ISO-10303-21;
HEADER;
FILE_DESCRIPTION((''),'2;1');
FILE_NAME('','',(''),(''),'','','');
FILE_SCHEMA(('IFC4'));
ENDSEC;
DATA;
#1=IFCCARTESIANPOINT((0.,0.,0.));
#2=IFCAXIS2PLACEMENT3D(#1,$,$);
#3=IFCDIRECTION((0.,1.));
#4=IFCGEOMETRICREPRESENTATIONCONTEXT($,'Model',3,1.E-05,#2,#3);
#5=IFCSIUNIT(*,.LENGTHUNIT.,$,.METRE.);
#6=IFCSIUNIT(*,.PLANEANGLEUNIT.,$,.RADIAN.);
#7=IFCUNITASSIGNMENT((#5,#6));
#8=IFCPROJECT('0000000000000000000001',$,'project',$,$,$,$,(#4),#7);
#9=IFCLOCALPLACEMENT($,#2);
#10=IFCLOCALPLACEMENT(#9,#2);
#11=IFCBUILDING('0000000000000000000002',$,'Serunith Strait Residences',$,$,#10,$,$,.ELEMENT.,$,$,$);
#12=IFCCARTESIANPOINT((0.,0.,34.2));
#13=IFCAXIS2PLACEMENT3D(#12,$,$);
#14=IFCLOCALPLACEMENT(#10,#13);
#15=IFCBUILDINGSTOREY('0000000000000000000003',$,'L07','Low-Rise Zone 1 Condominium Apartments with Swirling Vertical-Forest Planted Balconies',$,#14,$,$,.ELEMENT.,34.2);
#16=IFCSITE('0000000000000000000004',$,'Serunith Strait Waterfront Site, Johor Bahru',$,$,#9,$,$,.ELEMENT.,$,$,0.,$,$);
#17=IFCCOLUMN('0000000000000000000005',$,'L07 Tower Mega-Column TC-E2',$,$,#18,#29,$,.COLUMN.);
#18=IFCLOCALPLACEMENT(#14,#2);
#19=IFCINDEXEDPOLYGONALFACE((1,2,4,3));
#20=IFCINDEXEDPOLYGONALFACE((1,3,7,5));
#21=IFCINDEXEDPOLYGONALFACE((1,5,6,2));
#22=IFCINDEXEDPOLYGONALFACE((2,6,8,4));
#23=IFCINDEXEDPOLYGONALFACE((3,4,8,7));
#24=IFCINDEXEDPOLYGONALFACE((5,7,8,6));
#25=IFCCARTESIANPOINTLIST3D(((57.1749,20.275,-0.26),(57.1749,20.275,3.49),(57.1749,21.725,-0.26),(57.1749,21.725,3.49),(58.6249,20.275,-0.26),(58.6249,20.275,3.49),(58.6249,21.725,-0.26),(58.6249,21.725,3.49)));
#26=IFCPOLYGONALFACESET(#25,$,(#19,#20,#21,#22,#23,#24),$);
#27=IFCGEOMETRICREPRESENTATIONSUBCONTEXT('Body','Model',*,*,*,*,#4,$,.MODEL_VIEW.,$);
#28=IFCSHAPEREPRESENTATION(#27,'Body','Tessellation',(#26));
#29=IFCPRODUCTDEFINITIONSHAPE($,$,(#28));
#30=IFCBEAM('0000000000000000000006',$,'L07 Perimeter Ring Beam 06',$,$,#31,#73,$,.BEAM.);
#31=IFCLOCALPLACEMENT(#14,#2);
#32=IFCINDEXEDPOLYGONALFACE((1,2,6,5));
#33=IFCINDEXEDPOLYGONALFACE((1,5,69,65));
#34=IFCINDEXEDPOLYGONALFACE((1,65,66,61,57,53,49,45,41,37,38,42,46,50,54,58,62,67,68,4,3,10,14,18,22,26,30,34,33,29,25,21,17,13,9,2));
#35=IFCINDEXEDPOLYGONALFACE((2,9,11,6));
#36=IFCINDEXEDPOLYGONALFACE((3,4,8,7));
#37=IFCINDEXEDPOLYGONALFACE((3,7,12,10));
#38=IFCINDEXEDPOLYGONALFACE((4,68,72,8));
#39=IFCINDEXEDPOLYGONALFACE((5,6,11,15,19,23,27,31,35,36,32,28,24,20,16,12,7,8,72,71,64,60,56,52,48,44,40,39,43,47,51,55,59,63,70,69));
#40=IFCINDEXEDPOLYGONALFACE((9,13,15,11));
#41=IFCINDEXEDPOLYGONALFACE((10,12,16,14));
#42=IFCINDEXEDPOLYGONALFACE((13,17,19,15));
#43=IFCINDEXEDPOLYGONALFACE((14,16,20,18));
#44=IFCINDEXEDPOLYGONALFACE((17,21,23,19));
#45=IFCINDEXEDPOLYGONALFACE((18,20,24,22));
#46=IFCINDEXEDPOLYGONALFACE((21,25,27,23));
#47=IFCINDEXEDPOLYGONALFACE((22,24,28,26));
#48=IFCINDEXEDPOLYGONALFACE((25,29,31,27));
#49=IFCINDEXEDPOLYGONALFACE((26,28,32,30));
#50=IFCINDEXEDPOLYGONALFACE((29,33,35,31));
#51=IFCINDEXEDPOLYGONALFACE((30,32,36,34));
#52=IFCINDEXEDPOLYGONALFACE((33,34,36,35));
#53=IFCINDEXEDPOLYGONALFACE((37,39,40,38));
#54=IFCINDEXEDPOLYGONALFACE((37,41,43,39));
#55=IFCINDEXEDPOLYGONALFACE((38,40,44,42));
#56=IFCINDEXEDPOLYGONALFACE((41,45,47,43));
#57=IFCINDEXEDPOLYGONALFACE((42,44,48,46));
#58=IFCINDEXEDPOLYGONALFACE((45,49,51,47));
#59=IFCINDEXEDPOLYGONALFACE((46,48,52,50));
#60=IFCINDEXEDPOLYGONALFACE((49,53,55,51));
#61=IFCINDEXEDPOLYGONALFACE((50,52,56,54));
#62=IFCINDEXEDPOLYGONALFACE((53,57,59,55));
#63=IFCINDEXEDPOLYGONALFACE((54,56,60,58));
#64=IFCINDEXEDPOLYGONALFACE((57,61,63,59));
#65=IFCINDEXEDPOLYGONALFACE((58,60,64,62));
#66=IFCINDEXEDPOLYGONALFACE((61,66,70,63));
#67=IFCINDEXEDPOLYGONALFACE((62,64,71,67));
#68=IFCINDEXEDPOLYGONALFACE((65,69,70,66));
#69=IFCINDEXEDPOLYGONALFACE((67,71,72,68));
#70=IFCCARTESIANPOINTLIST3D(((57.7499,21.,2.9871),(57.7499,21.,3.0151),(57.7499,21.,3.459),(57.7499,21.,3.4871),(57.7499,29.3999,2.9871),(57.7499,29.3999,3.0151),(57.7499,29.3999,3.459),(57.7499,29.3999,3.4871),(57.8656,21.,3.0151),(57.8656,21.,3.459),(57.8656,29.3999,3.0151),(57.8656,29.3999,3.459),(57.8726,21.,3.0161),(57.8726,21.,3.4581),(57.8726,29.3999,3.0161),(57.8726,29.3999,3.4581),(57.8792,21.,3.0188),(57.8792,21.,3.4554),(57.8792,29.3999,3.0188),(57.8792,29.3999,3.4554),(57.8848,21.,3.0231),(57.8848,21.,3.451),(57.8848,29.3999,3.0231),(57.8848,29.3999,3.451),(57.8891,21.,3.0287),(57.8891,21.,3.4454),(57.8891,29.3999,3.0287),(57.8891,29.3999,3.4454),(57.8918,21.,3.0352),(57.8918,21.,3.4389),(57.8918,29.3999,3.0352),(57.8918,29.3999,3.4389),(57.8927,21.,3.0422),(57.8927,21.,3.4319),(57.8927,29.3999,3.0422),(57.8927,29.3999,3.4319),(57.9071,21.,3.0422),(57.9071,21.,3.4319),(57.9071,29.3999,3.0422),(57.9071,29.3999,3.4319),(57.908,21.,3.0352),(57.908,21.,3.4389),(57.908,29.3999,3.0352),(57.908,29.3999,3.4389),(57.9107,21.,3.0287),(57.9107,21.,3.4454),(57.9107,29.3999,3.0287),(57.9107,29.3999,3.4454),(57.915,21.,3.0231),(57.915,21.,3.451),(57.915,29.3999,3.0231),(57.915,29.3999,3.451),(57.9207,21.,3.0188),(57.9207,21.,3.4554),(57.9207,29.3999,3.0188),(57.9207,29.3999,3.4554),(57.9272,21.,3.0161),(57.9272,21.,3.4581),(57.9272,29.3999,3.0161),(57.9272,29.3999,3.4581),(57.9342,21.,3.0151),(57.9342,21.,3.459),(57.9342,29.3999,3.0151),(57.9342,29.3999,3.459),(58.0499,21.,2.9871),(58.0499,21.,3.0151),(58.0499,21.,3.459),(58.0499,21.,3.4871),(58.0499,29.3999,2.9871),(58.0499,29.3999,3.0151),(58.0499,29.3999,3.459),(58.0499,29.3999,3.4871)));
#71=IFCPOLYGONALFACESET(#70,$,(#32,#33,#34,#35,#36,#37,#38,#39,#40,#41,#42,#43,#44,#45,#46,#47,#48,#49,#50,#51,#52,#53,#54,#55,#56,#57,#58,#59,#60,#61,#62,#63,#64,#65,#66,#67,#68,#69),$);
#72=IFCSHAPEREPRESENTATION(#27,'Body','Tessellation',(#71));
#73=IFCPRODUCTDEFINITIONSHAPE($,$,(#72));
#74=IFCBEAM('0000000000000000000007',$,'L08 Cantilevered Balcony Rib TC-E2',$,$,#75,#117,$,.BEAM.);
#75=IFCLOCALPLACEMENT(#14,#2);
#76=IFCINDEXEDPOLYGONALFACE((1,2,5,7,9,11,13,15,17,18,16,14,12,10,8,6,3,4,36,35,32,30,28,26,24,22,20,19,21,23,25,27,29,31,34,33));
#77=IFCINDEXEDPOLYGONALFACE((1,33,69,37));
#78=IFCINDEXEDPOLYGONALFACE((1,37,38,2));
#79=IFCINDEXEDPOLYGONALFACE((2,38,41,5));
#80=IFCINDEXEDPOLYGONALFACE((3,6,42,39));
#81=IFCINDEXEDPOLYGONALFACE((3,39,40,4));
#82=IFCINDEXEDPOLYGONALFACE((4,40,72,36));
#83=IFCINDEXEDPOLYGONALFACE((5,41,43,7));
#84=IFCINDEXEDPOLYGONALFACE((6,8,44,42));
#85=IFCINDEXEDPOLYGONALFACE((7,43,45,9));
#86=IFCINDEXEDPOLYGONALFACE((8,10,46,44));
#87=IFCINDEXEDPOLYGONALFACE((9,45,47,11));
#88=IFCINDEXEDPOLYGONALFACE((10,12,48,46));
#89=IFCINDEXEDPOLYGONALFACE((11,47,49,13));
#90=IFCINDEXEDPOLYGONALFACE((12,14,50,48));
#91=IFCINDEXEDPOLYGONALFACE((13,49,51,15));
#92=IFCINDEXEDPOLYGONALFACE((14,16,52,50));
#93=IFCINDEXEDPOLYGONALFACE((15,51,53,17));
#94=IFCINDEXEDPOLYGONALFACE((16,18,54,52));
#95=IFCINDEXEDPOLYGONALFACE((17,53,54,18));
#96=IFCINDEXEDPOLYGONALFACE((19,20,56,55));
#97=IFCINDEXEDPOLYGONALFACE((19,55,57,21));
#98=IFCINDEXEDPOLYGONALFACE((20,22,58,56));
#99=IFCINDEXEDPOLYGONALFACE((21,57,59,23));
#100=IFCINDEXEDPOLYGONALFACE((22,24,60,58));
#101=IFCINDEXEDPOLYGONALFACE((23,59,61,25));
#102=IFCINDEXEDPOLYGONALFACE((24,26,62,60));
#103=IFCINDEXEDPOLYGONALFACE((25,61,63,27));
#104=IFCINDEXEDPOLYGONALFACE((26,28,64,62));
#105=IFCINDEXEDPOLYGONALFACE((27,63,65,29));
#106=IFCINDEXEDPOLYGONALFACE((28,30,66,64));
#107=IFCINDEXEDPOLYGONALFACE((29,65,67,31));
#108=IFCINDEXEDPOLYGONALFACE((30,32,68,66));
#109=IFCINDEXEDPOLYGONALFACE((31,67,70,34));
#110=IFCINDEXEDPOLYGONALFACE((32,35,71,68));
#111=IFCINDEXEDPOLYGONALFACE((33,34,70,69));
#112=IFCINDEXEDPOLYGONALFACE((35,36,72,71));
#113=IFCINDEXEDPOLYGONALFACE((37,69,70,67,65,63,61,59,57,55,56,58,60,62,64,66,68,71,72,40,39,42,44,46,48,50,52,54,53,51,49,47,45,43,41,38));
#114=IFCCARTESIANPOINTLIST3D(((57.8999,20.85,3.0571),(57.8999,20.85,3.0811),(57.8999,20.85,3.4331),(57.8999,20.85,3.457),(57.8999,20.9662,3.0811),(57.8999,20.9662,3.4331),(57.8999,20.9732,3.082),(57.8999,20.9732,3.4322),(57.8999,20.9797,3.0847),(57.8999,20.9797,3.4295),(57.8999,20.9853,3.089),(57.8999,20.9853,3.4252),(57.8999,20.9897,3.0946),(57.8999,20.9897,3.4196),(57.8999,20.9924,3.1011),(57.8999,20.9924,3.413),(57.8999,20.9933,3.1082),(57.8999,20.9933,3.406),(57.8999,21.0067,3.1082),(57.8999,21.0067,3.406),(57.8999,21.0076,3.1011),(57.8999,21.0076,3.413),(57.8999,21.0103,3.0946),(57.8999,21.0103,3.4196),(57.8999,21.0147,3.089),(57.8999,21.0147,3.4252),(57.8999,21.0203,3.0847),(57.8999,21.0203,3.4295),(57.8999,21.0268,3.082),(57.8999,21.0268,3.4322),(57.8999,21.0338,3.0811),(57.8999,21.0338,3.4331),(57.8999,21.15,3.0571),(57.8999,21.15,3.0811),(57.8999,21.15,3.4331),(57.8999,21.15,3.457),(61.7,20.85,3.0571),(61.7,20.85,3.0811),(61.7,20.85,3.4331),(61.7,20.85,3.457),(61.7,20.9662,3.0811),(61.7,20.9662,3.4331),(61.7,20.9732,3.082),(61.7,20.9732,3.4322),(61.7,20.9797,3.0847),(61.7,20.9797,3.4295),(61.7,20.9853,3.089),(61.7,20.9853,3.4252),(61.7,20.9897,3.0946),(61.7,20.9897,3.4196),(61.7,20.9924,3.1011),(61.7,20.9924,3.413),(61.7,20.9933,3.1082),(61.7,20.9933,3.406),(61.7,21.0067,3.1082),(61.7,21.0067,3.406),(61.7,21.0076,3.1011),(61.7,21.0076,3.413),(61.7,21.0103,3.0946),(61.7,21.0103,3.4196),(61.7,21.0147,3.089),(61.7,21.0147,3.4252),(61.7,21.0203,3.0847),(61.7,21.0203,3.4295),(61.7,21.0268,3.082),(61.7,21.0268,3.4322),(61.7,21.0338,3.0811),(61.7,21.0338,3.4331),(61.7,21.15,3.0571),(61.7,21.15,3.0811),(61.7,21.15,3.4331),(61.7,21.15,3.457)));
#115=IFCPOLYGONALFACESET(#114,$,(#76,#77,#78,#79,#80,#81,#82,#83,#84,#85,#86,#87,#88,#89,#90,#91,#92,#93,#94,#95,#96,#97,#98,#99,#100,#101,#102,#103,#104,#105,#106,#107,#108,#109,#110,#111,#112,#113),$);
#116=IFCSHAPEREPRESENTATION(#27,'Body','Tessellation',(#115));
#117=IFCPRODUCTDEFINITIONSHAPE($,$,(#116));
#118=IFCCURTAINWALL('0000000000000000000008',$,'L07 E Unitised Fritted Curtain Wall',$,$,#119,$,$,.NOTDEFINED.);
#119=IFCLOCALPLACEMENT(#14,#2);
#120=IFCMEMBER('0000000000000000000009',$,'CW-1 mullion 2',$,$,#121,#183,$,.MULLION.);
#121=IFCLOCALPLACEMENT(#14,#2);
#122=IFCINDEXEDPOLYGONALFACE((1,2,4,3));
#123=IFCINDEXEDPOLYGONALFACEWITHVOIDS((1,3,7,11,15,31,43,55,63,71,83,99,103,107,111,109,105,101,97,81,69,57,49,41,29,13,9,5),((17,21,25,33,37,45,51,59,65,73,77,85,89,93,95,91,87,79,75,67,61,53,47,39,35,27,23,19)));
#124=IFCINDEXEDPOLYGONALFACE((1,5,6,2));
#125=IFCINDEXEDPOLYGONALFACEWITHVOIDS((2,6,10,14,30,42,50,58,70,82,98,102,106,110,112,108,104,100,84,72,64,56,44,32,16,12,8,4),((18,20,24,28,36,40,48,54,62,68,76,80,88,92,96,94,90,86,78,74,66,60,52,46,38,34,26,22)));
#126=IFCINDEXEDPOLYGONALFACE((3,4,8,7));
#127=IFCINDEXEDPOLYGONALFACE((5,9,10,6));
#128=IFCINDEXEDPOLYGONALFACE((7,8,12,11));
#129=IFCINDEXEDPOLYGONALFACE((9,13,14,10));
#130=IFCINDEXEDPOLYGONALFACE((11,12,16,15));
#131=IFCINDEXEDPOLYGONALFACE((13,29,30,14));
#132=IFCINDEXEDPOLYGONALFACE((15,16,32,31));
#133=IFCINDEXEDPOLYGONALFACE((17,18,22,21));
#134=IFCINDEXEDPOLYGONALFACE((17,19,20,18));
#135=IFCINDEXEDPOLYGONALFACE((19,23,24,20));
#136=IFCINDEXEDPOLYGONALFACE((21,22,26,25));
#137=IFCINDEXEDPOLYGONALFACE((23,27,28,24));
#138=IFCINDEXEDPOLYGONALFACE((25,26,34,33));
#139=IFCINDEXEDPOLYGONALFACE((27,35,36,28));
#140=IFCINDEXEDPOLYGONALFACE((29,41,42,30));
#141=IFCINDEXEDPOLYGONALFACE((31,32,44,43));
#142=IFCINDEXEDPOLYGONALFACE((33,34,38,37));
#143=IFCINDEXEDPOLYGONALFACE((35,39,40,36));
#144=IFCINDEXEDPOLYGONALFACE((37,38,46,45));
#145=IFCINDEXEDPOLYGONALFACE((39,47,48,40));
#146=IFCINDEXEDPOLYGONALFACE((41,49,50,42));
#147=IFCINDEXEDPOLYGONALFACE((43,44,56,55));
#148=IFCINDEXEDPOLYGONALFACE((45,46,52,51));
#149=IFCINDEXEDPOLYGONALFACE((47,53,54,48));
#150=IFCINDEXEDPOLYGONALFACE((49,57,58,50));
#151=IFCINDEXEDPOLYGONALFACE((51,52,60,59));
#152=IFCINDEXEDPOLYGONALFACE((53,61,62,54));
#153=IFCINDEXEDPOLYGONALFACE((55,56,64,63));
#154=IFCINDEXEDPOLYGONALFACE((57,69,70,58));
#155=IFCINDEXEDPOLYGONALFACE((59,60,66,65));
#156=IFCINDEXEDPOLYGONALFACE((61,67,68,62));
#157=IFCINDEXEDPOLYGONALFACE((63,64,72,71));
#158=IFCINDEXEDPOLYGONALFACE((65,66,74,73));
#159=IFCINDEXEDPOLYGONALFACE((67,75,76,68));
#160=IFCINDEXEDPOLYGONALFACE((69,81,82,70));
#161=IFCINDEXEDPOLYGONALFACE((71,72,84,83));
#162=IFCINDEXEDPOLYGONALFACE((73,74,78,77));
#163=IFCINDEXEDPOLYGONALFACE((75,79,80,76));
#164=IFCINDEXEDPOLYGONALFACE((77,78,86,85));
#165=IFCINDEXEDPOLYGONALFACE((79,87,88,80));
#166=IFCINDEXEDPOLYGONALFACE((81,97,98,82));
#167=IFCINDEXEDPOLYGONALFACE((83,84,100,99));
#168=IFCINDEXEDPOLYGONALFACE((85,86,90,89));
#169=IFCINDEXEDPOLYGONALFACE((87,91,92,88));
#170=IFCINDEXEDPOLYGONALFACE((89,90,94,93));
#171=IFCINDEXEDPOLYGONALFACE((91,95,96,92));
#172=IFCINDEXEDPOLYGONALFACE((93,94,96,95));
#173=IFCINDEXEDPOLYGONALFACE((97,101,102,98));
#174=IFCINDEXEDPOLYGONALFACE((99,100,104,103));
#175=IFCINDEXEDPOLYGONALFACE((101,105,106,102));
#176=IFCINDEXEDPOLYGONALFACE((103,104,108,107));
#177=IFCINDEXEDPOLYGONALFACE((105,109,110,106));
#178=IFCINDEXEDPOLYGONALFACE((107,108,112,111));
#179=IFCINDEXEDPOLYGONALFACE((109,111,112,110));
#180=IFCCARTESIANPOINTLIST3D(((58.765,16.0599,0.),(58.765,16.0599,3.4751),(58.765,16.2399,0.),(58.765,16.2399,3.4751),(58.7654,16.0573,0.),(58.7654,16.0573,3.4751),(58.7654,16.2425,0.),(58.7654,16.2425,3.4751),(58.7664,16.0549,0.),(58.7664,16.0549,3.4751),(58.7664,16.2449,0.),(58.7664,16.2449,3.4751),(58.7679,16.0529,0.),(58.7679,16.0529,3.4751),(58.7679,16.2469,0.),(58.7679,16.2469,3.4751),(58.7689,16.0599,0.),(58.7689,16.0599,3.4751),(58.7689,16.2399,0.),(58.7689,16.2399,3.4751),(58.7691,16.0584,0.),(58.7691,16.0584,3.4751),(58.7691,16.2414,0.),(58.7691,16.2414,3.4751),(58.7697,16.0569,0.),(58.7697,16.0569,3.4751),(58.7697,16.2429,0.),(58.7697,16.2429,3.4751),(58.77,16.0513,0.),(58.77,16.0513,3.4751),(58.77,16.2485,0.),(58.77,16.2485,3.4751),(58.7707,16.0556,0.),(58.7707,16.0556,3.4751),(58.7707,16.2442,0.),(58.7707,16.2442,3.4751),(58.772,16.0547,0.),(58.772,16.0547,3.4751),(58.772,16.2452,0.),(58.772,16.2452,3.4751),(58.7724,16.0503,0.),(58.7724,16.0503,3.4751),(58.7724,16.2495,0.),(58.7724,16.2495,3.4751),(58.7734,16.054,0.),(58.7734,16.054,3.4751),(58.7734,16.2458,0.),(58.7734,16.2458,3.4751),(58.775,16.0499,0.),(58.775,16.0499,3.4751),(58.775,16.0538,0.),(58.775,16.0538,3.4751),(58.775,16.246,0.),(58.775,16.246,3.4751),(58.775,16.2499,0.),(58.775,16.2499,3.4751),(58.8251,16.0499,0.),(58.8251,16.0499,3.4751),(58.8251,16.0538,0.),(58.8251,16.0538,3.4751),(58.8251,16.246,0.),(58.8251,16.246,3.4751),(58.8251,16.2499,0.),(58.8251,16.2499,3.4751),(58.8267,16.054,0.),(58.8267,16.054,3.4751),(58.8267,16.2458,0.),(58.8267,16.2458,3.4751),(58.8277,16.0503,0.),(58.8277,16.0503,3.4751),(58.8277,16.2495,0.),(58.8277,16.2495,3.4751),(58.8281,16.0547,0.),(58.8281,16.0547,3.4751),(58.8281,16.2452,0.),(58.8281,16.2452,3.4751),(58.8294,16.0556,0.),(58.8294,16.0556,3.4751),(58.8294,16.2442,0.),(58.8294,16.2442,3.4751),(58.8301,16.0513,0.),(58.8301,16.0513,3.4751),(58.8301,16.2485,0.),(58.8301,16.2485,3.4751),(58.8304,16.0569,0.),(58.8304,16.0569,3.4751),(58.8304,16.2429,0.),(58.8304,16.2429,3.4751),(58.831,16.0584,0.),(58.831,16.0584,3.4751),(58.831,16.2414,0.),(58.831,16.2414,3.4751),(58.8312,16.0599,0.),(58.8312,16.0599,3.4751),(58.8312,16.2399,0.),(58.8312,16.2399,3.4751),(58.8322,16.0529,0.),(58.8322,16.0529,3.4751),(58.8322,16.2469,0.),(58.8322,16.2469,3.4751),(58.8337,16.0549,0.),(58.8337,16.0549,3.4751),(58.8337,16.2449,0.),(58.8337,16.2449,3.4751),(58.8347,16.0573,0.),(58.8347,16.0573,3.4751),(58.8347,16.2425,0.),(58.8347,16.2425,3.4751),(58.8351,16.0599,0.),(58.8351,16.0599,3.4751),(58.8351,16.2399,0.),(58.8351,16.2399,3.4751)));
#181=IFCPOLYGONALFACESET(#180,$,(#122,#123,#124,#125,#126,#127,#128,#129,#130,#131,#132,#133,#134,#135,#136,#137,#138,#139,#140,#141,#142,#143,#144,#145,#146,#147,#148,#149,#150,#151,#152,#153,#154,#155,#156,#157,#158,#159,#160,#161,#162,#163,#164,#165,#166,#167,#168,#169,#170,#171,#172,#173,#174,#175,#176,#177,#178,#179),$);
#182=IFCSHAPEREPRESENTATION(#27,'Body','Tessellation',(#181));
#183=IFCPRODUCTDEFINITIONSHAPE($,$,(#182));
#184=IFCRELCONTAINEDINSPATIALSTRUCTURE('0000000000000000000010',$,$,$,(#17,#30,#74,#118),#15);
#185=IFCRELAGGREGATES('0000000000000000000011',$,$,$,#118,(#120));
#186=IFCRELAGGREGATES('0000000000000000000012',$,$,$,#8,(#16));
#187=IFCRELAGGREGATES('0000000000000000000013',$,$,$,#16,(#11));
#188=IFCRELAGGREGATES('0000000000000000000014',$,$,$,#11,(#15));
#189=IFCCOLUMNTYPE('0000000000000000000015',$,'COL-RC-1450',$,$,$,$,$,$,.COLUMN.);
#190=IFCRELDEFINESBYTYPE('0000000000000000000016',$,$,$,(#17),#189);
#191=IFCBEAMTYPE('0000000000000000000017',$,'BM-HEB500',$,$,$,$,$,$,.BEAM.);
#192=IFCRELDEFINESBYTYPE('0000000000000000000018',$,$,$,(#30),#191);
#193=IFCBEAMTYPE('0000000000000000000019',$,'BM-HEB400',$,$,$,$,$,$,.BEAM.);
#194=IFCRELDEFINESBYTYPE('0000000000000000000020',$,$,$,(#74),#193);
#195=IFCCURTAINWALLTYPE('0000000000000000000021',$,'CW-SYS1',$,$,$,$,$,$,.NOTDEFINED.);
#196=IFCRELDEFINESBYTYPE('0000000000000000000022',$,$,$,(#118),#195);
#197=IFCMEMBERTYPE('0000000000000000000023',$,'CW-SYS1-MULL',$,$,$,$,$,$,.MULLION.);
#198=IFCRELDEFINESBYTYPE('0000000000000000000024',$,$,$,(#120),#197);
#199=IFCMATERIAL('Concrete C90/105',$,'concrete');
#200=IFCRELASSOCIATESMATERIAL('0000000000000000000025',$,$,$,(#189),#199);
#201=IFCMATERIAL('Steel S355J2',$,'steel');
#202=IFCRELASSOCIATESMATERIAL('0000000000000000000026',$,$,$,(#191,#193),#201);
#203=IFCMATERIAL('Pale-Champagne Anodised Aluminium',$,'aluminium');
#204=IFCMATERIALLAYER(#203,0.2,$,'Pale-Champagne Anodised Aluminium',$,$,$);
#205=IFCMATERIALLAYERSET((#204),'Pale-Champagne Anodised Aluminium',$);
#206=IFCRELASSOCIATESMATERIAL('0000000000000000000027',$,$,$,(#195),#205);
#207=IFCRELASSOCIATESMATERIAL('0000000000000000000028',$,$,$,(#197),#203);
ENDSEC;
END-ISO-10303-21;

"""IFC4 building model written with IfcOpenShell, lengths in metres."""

from ifc_helpers import new_model, si_unit, direction, frame, origin, origin_2d, place, context, subcontext, project, spatial, rectangle, hollow_rectangle, i_section, extrude, source, transform, mapped, material, layer, layer_set, material_profile, profile_set, type_object, element, aggregate, save


model = new_model("IFC4")

# Units and contexts
model_context = context("Model", 3, precision=1e-05, world=origin(), true_north=direction((0.0, 1.0)))
body_context = subcontext(model_context, "Body", "Model", "MODEL_VIEW")
ifc_project = project(units=[si_unit("LENGTHUNIT", "METRE"), si_unit("PLANEANGLEUNIT", "RADIAN")], contexts=[model_context])

# Site, building, storey
site_placement = place(None, origin())
site = spatial("IfcSite", under=ifc_project, at=site_placement, Name="Serunith Strait Waterfront Site, Johor Bahru", CompositionType="ELEMENT", RefElevation=0.0)
building_placement = place(site_placement, origin())
building = spatial("IfcBuilding", under=site, at=building_placement, Name="Serunith Strait Residences", CompositionType="ELEMENT")
storey_placement = place(building_placement, frame((0.0, 0.0, 34.2)))
storey = spatial("IfcBuildingStorey", under=building, at=storey_placement, Name="L07", Description="Low-Rise Zone 1 Condominium Apartments with Swirling Vertical-Forest Planted Balconies", CompositionType="ELEMENT", Elevation=34.2)

# Column
ifc_material_1 = material(Name="Concrete C90/105", Category="concrete")
ifc_material_profile_1 = material_profile(ifc_material_1, rectangle(XDim=1.45, YDim=1.45, at=origin_2d()), Name="RC 1450x1450")
ifc_profile_set_1 = profile_set([ifc_material_profile_1], Name="Concrete C90/105")
column_type = type_object("IfcColumnType", Name="COL-RC-1450", PredefinedType="COLUMN", material=ifc_profile_set_1)
shared_shape_1 = source(origin(), body_context, "Body", "SweptSolid", [
    extrude(rectangle(XDim=1.45, YDim=1.45, at=origin_2d()), origin(), (0.0, 0.0, 1.0), 3.75),
])
column_placement = place(storey_placement, frame((57.8999, 21.0, -0.26), z_axis=(0.0, 0.0, 1.0), x_axis=(1.0, 0.0, 0.0)))
element("IfcColumn", 1, at=column_placement, inside=storey, type_object=column_type, Name="L07 Tower Mega-Column TC-E2", PredefinedType="COLUMN", context=body_context, shape_type="MappedRepresentation", body=[
    mapped(shared_shape_1, transform((0.0, 0.0, 0.0), scale=1.0)),
])

# Beams
ifc_material_2 = material(Name="Steel S355J2", Category="steel")
ifc_material_profile_2 = material_profile(ifc_material_2, i_section(OverallWidth=0.3, OverallDepth=0.5, WebThickness=0.0144, FlangeThickness=0.0281, FilletRadius=0.0271, at=origin_2d()), Name="HEB 500")
ifc_profile_set_2 = profile_set([ifc_material_profile_2], Name="Steel S355J2")
beam_type_1 = type_object("IfcBeamType", Name="BM-HEB500", PredefinedType="BEAM", material=ifc_profile_set_2)
shared_shape_2 = source(origin(), body_context, "Body", "SweptSolid", [
    extrude(i_section(OverallWidth=0.3, OverallDepth=0.5, WebThickness=0.0144, FlangeThickness=0.0281, FilletRadius=0.0271, at=origin_2d()), origin(), (0.0, 0.0, 1.0), 8.3999),
])
beam_1_placement = place(storey_placement, frame((57.8999, 21.0, 3.2371), z_axis=(0.0, 1.0, 0.0), x_axis=(-1.0, 0.0, 0.0)))
element("IfcBeam", 2, at=beam_1_placement, inside=storey, type_object=beam_type_1, Name="L07 Perimeter Ring Beam 06", PredefinedType="BEAM", context=body_context, shape_type="MappedRepresentation", body=[
    mapped(shared_shape_2, transform((0.0, 0.0, 0.0), scale=1.0)),
])
ifc_material_profile_3 = material_profile(ifc_material_2, i_section(OverallWidth=0.3, OverallDepth=0.3999, WebThickness=0.0134, FlangeThickness=0.0239, FilletRadius=0.0271, at=origin_2d()), Name="HEB 400")
ifc_profile_set_3 = profile_set([ifc_material_profile_3], Name="Steel S355J2")
beam_type_2 = type_object("IfcBeamType", Name="BM-HEB400", PredefinedType="BEAM", material=ifc_profile_set_3)
shared_shape_3 = source(origin(), body_context, "Body", "SweptSolid", [
    extrude(i_section(OverallWidth=0.3, OverallDepth=0.3999, WebThickness=0.0134, FlangeThickness=0.0239, FilletRadius=0.0271, at=origin_2d()), origin(), (0.0, 0.0, 1.0), 3.8),
])
beam_2_placement = place(storey_placement, frame((57.8999, 21.0, 3.2571), z_axis=(1.0, 0.0, 0.0), x_axis=(0.0, 1.0, 0.0)))
element("IfcBeam", 3, at=beam_2_placement, inside=storey, type_object=beam_type_2, Name="L08 Cantilevered Balcony Rib TC-E2", PredefinedType="BEAM", context=body_context, shape_type="MappedRepresentation", body=[
    mapped(shared_shape_3, transform((0.0, 0.0, 0.0), scale=1.0)),
])

# Curtain wall, member
ifc_material_3 = material(Name="Pale-Champagne Anodised Aluminium", Category="aluminium")
ifc_layer_1 = layer(ifc_material_3, 0.2, Name="Pale-Champagne Anodised Aluminium")
ifc_layer_set_1 = layer_set([ifc_layer_1], Name="Pale-Champagne Anodised Aluminium")
curtain_wall_type = type_object("IfcCurtainWallType", Name="CW-SYS1", PredefinedType="NOTDEFINED", material=ifc_layer_set_1)
curtain_wall_placement = place(storey_placement, origin())
curtain_wall = element("IfcCurtainWall", 4, at=curtain_wall_placement, inside=storey, type_object=curtain_wall_type, Name="L07 E Unitised Fritted Curtain Wall", PredefinedType="NOTDEFINED")
ifc_material_profile_4 = material_profile(ifc_material_3, hollow_rectangle(XDim=0.0701, YDim=0.2, WallThickness=0.0039, InnerFilletRadius=0.0061, OuterFilletRadius=0.01, at=origin_2d()), Name="ALU 200x70x4")
ifc_profile_set_4 = profile_set([ifc_material_profile_4], Name="Pale-Champagne Anodised Aluminium")
member_type_1 = type_object("IfcMemberType", Name="CW-SYS1-MULL", PredefinedType="MULLION", material=ifc_profile_set_4)
shared_shape_4 = source(origin(), body_context, "Body", "SweptSolid", [
    extrude(hollow_rectangle(XDim=0.0701, YDim=0.2, WallThickness=0.0039, InnerFilletRadius=0.0061, OuterFilletRadius=0.01, at=origin_2d()), origin(), (0.0, 0.0, 1.0), 3.4751),
])
member_1_placement = place(storey_placement, frame((58.8, 16.1499, 0.0), z_axis=(0.0, 0.0, 1.0), x_axis=(-1.0, 0.0, 0.0)))
member_1 = element("IfcMember", 5, at=member_1_placement, type_object=member_type_1, Name="CW-1 mullion 2", PredefinedType="MULLION", context=body_context, shape_type="MappedRepresentation", body=[
    mapped(shared_shape_4, transform((0.0, 0.0, 0.0), scale=1.0)),
])
aggregate(curtain_wall, [member_1])

save(model, "model.ifc")
